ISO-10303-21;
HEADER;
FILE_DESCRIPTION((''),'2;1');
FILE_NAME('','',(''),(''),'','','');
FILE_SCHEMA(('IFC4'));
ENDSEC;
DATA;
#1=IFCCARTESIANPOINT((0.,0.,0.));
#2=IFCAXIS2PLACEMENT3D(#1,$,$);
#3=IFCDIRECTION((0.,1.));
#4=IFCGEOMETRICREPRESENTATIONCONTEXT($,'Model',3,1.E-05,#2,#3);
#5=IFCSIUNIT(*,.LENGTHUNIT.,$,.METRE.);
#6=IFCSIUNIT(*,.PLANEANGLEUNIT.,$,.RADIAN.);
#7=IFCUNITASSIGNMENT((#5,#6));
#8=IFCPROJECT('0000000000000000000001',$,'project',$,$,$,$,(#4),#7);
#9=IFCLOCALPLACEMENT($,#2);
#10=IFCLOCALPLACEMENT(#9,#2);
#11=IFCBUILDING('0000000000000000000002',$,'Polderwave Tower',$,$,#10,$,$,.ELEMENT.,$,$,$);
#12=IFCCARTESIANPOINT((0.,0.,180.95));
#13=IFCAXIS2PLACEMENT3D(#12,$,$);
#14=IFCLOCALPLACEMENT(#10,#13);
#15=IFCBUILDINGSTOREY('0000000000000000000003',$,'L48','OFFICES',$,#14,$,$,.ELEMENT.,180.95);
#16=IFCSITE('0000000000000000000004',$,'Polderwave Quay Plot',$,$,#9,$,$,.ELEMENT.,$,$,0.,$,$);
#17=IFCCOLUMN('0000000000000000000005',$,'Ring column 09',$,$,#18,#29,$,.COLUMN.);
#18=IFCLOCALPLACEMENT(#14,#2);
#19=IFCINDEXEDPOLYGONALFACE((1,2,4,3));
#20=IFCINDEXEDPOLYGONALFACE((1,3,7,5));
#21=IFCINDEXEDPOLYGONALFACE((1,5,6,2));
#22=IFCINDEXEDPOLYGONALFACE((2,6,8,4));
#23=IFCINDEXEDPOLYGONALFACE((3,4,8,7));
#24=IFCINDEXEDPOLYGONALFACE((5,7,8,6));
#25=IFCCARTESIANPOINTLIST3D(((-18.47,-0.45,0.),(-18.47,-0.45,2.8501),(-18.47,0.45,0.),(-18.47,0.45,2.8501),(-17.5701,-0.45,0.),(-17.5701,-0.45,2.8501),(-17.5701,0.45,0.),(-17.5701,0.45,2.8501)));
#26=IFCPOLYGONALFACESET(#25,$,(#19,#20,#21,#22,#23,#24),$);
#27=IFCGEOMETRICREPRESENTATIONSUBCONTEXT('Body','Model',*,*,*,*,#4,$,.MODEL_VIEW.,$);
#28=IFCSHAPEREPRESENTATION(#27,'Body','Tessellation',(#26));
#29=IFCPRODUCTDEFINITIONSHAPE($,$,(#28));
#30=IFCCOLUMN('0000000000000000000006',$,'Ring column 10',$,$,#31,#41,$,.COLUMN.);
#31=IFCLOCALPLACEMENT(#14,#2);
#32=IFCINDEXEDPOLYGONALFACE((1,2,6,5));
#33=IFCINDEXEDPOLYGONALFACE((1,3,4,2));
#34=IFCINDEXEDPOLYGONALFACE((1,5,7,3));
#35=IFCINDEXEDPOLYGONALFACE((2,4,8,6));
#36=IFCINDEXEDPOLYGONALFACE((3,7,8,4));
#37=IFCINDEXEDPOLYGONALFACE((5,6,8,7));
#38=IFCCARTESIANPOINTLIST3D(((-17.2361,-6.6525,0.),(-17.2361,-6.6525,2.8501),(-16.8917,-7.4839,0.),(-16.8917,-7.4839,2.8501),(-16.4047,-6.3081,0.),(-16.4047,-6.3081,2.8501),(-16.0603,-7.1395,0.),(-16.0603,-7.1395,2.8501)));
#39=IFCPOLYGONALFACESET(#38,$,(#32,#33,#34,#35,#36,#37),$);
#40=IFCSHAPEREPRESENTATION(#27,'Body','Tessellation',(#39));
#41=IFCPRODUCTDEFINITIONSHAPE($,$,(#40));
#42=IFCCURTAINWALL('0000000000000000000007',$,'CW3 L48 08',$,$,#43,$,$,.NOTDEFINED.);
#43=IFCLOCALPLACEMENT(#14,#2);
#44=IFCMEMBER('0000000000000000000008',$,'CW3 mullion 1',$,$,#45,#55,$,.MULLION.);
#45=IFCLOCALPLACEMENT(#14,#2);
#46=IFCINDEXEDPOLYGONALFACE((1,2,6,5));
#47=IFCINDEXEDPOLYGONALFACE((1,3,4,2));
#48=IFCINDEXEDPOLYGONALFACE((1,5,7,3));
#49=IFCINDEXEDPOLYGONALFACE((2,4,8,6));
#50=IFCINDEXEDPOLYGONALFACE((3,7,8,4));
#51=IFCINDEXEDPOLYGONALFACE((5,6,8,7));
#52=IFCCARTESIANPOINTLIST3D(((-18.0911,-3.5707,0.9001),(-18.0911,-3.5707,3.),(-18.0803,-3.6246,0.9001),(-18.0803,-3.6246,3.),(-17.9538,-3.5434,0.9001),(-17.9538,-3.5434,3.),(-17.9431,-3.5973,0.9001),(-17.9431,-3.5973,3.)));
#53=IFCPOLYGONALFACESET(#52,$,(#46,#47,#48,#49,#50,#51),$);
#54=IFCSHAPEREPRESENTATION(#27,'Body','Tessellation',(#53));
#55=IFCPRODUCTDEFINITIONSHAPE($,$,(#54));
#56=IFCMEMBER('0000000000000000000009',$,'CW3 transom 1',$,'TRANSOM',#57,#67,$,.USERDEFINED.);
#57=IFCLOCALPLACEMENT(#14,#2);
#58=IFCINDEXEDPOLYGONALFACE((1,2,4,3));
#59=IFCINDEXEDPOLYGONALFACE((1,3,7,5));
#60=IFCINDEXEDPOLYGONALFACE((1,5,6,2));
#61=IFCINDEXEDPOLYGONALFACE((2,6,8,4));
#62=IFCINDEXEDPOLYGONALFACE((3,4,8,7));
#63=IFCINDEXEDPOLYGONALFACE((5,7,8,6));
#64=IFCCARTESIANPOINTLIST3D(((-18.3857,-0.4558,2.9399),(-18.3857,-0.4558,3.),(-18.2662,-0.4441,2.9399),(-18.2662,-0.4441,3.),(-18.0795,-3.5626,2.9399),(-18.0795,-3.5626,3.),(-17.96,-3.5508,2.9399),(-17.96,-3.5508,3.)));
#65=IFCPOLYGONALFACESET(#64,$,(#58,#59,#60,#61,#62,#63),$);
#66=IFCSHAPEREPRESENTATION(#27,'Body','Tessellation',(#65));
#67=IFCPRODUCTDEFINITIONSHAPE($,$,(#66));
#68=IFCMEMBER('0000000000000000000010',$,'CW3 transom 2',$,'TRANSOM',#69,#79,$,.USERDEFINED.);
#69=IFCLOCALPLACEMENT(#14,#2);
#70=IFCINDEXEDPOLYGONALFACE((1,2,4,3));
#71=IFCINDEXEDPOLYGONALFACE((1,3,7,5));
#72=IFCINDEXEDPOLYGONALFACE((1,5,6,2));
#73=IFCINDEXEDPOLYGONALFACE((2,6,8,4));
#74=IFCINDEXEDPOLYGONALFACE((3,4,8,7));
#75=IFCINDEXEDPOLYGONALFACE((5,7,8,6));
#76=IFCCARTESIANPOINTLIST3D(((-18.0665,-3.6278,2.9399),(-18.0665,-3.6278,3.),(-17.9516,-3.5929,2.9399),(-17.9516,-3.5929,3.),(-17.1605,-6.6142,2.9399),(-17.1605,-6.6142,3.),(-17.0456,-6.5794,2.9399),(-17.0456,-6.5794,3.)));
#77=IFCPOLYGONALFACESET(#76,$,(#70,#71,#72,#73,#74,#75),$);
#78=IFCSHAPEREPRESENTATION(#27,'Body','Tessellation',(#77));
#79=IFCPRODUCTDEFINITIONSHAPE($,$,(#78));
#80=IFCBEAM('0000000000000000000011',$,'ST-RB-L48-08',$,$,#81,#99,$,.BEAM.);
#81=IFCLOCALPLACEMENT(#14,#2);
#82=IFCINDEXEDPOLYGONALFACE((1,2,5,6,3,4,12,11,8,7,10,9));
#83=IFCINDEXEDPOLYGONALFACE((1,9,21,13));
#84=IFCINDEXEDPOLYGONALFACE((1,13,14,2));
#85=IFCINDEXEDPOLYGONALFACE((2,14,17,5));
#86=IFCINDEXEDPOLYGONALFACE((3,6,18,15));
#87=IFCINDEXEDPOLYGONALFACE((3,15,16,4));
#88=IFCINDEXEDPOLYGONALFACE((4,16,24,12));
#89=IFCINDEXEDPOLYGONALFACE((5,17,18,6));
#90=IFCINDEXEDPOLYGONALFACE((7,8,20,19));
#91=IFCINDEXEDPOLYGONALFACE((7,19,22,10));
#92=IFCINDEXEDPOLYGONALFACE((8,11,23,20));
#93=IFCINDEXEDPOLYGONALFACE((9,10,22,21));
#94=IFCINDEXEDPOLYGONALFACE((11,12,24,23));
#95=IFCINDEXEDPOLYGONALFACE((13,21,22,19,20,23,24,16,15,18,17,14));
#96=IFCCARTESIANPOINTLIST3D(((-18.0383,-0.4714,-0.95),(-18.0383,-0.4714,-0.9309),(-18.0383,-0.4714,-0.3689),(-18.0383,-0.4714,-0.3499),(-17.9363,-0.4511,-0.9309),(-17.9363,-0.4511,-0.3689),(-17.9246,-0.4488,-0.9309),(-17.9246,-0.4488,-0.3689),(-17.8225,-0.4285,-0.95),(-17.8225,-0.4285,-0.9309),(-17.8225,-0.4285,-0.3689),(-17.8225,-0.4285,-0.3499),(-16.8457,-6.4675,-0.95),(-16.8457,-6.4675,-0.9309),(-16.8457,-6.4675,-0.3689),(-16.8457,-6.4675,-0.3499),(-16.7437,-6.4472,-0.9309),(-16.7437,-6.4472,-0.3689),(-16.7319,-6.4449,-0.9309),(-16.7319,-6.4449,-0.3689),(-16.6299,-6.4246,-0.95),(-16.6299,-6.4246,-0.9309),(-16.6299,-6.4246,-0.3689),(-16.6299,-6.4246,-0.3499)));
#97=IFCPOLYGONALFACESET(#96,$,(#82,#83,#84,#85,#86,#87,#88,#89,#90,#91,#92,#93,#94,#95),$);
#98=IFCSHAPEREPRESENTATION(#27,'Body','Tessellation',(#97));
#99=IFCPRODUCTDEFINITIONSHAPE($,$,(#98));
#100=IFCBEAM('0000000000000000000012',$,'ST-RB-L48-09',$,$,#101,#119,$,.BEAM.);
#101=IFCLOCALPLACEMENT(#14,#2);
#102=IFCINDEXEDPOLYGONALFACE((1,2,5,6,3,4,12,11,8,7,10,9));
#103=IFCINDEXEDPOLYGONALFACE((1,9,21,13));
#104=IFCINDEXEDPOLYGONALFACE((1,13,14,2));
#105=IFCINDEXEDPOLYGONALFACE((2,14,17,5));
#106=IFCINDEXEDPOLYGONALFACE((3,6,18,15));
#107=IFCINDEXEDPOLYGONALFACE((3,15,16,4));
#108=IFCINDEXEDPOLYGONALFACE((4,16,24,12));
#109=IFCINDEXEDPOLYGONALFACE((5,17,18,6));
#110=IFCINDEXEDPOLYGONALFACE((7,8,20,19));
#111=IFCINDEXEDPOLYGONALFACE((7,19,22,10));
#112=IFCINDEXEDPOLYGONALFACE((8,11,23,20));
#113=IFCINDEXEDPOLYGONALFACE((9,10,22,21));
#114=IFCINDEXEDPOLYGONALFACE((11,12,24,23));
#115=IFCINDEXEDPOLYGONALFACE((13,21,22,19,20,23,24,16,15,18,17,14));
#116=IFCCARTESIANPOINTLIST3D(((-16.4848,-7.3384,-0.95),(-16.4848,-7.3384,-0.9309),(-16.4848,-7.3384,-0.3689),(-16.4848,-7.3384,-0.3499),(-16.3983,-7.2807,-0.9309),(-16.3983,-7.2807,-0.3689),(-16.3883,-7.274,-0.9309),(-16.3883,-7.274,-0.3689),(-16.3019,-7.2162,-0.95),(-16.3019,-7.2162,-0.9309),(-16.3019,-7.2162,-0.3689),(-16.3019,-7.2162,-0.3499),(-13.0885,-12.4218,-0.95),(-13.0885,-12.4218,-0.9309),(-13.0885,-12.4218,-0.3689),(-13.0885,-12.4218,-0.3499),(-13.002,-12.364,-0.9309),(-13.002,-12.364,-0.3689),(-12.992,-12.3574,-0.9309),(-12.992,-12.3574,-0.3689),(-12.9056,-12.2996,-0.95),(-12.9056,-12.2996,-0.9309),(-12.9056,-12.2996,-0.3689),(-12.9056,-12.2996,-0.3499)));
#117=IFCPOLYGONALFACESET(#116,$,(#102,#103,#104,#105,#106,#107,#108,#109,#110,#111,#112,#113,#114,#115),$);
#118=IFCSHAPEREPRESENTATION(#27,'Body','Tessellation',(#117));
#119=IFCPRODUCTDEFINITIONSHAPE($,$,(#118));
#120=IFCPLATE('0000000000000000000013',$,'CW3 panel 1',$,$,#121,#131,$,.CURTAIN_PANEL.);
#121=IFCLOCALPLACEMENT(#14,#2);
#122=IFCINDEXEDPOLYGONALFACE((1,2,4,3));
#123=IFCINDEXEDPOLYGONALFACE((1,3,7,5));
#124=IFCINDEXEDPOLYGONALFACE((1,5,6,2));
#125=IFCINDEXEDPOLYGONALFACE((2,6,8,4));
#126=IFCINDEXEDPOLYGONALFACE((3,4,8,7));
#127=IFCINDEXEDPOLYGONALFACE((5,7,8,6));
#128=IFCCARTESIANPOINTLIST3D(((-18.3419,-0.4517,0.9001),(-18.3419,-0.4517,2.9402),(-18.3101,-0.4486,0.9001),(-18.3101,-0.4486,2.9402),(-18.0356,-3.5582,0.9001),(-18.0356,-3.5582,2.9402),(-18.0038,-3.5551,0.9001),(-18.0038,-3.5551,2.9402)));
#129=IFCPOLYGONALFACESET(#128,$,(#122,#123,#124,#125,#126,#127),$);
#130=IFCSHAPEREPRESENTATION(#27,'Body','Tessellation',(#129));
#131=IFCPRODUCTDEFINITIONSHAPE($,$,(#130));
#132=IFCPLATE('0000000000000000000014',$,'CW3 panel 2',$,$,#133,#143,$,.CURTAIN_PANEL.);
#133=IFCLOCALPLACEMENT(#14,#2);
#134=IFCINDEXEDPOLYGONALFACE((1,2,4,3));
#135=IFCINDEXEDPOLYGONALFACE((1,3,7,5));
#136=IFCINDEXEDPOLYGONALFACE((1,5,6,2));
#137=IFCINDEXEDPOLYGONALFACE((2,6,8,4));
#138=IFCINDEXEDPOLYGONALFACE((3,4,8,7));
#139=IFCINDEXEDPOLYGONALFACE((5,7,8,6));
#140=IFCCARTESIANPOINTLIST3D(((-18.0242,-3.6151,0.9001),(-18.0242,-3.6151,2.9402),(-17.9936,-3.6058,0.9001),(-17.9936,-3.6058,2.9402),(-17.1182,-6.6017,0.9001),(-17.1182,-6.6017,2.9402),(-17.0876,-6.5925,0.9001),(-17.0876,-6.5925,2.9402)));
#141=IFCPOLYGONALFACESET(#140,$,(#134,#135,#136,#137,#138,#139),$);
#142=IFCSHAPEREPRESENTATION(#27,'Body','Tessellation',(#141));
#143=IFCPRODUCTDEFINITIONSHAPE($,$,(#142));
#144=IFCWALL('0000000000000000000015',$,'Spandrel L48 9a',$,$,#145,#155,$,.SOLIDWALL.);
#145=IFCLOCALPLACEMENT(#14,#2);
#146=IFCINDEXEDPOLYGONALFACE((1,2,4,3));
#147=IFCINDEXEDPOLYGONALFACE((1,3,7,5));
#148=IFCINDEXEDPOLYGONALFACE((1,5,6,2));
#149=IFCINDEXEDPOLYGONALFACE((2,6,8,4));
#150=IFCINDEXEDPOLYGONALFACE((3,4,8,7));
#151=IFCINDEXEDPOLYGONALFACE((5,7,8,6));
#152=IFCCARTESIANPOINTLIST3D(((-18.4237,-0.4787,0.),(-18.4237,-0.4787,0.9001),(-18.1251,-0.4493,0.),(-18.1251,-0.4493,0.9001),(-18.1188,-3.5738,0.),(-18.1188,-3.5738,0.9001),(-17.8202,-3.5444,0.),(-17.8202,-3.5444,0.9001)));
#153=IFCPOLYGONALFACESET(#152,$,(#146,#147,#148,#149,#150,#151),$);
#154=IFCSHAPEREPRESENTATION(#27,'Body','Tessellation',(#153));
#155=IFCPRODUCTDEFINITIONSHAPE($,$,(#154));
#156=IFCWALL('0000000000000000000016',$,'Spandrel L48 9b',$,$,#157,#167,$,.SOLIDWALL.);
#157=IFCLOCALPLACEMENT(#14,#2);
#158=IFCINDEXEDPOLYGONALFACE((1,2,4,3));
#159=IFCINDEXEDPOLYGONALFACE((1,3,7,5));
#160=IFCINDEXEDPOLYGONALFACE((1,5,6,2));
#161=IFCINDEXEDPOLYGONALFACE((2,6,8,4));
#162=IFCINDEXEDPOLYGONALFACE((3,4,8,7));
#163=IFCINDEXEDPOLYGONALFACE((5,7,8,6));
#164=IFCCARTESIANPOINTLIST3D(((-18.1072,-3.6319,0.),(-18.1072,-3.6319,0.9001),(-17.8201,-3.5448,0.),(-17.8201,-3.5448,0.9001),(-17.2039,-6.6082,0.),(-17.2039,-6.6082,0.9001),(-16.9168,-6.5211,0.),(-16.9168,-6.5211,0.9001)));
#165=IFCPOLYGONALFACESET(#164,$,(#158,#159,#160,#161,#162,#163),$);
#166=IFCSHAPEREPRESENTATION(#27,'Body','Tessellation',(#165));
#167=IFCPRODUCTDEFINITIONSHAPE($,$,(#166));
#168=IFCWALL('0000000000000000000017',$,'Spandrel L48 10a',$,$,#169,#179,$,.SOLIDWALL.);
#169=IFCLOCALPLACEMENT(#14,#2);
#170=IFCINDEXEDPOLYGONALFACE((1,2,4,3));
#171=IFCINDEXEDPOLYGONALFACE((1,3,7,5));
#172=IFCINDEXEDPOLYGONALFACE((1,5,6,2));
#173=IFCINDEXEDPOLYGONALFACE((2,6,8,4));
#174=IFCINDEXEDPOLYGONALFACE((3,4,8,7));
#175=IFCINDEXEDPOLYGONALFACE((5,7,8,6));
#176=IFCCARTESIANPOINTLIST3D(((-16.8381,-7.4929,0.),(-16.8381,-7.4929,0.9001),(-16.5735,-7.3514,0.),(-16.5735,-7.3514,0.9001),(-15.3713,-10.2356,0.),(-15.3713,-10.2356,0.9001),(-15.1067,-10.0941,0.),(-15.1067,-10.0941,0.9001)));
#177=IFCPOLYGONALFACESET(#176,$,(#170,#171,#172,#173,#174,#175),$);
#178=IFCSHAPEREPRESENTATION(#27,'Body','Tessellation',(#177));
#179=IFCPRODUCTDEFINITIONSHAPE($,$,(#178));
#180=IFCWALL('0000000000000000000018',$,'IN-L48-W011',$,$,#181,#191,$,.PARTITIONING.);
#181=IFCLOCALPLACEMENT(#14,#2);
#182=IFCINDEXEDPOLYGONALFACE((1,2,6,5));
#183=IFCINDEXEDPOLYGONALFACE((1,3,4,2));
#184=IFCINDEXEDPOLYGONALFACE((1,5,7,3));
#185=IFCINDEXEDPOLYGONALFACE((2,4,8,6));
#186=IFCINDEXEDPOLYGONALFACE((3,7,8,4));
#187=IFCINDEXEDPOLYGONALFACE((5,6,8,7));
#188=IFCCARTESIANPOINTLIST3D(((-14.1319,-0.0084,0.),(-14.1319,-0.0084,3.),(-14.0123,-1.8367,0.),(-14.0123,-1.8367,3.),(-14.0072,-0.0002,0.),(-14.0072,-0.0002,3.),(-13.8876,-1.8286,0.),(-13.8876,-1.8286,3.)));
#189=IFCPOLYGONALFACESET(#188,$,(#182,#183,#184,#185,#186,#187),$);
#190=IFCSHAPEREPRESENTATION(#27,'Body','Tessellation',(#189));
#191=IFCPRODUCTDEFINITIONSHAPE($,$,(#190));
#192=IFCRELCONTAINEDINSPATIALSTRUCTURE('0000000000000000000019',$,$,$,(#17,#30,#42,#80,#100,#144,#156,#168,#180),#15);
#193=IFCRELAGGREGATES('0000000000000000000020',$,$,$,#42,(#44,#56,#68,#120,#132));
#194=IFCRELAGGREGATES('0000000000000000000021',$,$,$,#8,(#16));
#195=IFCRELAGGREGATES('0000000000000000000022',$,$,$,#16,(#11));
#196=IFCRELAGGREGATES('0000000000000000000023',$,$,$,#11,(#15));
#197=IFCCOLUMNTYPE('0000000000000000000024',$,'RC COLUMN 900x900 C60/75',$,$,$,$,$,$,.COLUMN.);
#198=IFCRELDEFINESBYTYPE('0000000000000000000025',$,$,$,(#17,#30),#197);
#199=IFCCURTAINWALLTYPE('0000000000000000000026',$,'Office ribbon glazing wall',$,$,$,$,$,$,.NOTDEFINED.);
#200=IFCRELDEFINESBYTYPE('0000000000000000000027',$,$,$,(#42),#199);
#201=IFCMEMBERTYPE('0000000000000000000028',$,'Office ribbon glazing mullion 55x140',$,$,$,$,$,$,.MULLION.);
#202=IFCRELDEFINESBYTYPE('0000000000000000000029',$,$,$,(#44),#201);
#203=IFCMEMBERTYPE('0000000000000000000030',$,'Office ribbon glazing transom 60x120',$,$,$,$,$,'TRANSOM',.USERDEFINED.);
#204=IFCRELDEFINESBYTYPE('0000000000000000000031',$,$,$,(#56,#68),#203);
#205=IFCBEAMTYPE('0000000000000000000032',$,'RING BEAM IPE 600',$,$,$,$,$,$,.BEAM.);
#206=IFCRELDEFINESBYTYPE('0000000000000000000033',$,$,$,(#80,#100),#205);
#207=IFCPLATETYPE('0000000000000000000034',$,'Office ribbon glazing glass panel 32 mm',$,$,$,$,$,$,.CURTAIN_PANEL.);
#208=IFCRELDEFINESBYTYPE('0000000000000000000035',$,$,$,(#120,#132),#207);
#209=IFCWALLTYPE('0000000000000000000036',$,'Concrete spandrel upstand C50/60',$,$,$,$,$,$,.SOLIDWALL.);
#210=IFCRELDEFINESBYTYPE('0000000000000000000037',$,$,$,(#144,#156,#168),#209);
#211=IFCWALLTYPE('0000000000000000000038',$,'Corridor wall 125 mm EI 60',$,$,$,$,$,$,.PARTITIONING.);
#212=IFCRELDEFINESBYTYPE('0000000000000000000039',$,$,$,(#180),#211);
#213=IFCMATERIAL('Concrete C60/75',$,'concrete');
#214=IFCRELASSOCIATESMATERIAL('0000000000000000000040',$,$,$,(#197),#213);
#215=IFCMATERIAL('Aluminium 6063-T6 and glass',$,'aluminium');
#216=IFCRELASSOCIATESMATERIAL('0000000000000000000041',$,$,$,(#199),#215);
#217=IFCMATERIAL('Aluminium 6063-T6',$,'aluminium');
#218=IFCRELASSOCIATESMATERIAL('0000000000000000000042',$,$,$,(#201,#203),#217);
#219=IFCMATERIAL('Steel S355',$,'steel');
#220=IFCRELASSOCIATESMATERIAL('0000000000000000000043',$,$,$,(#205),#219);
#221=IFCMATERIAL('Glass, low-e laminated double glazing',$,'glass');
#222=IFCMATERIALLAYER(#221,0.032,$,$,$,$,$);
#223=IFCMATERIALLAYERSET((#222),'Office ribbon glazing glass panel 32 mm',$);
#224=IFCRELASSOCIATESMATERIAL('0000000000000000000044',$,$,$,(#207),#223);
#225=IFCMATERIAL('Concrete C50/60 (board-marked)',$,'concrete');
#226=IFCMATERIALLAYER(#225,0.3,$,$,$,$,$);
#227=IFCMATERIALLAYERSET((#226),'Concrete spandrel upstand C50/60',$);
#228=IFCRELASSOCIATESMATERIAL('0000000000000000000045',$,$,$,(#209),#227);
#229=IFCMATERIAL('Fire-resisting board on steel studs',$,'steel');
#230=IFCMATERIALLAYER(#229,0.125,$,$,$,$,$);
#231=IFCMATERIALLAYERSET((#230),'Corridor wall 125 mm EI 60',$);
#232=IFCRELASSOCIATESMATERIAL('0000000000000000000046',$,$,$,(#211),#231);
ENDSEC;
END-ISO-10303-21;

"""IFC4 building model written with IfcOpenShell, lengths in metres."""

from ifc_helpers import new_model, si_unit, direction, frame, frame_2d, origin, origin_2d, place, context, subcontext, project, spatial, rectangle, i_section, extrude, material, layer, layer_set, material_profile, profile_set, type_object, element, aggregate, save


model = new_model("IFC4")

# Units and contexts
model_context = context("Model", 3, precision=1e-05, world=origin(), true_north=direction((0.0, 1.0)))
body_context = subcontext(model_context, "Body", "Model", "MODEL_VIEW")
ifc_project = project(units=[si_unit("LENGTHUNIT", "METRE"), si_unit("PLANEANGLEUNIT", "RADIAN")], contexts=[model_context])

# Site, building, storey
site_placement = place(None, origin())
site = spatial("IfcSite", under=ifc_project, at=site_placement, Name="Polderwave Quay Plot", CompositionType="ELEMENT", RefElevation=0.0)
building_placement = place(site_placement, origin())
building = spatial("IfcBuilding", under=site, at=building_placement, Name="Polderwave Tower", CompositionType="ELEMENT")
storey_placement = place(building_placement, frame((0.0, 0.0, 180.95)))
storey = spatial("IfcBuildingStorey", under=building, at=storey_placement, Name="L48", Description="OFFICES", CompositionType="ELEMENT", Elevation=180.95)

# Columns
ifc_material_1 = material(Name="Concrete C60/75", Category="concrete")
ifc_material_profile_1 = material_profile(ifc_material_1, rectangle(XDim=0.8999, YDim=0.8999, at=origin_2d()), Name="RC 900x900")
ifc_profile_set_1 = profile_set([ifc_material_profile_1], Name="Concrete C60/75")
column_type = type_object("IfcColumnType", Name="RC COLUMN 900x900 C60/75", PredefinedType="COLUMN", material=ifc_profile_set_1)
for number, where, z_axis, x_axis, name in (
    (1, (-18.02, 0.0, 0.0), (0.0, 0.0, 1.0), (-1.0, 0.0, 0.0), "Ring column 09"),
    (2, (-16.6482, -6.896, 0.0), (0.0, 0.0, 1.0), (-0.92388, -0.382683, 0.0), "Ring column 10"),
):
    element("IfcColumn", number, at=place(storey_placement, frame(where, z_axis=z_axis, x_axis=x_axis)), inside=storey, type_object=column_type, Name=name, PredefinedType="COLUMN", context=body_context, shape_type="SweptSolid", body=[
        extrude(rectangle(XDim=0.8999, YDim=0.8999, at=origin_2d()), origin(), (0.0, 0.0, 1.0), 2.8501),
    ])

# Curtain wall, members
ifc_material_2 = material(Name="Aluminium 6063-T6 and glass", Category="aluminium")
curtain_wall_type = type_object("IfcCurtainWallType", Name="Office ribbon glazing wall", PredefinedType="NOTDEFINED", material=ifc_material_2)
curtain_wall_placement = place(storey_placement, origin())
curtain_wall = element("IfcCurtainWall", 3, at=curtain_wall_placement, inside=storey, type_object=curtain_wall_type, Name="CW3 L48 08", PredefinedType="NOTDEFINED")
ifc_material_3 = material(Name="Aluminium 6063-T6", Category="aluminium")
ifc_material_profile_2 = material_profile(ifc_material_3, rectangle(XDim=0.1399, YDim=0.0549, at=origin_2d()), Name="AL 55x140")
ifc_profile_set_2 = profile_set([ifc_material_profile_2], Name="Aluminium 6063-T6")
member_type_1 = type_object("IfcMemberType", Name="Office ribbon glazing mullion 55x140", PredefinedType="MULLION", material=ifc_profile_set_2)
member_1_placement = place(storey_placement, frame((-18.0171, -3.584, 0.9001), z_axis=(0.0, 0.0, 1.0), x_axis=(0.980775, 0.195143, 0.0)))
member_1 = element("IfcMember", 4, at=member_1_placement, type_object=member_type_1, Name="CW3 mullion 1", PredefinedType="MULLION", context=body_context, shape_type="SweptSolid", body=[
    extrude(rectangle(XDim=0.1399, YDim=0.0549, at=origin_2d()), origin(), (0.0, 0.0, 1.0), 2.0999),
])
ifc_material_profile_3 = material_profile(ifc_material_3, rectangle(XDim=0.1201, YDim=0.0601, at=origin_2d()), Name="AL 60x120")
ifc_profile_set_3 = profile_set([ifc_material_profile_3], Name="Aluminium 6063-T6")
member_type_2 = type_object("IfcMemberType", Name="Office ribbon glazing transom 60x120", ElementType="TRANSOM", PredefinedType="USERDEFINED", material=ifc_profile_set_3)
member_2_placement = place(storey_placement, frame((-18.3259, -0.45, 2.97), z_axis=(0.098071, -0.995179, 0.0), x_axis=(0.995179, 0.098071, 0.0)))
member_2 = element("IfcMember", 5, at=member_2_placement, type_object=member_type_2, Name="CW3 transom 1", ObjectType="TRANSOM", PredefinedType="USERDEFINED", context=body_context, shape_type="SweptSolid", body=[
    extrude(rectangle(XDim=0.1201, YDim=0.0601, at=origin_2d()), origin(), (0.0, 0.0, 1.0), 3.1218),
])
member_3_placement = place(storey_placement, frame((-18.009, -3.6104, 2.97), z_axis=(0.290296, -0.956937, 0.0), x_axis=(0.956937, 0.290296, 0.0)))
member_3 = element("IfcMember", 6, at=member_3_placement, type_object=member_type_2, Name="CW3 transom 2", ObjectType="TRANSOM", PredefinedType="USERDEFINED", context=body_context, shape_type="SweptSolid", body=[
    extrude(rectangle(XDim=0.1201, YDim=0.0601, at=origin_2d()), origin(), (0.0, 0.0, 1.0), 3.1208),
])

# Beams
ifc_material_4 = material(Name="Steel S355", Category="steel")
ifc_material_profile_4 = material_profile(ifc_material_4, i_section(OverallWidth=0.22, OverallDepth=0.6001, WebThickness=0.012, FlangeThickness=0.019, at=origin_2d()), Name="IPE 600")
ifc_profile_set_4 = profile_set([ifc_material_profile_4], Name="Steel S355")
beam_type = type_object("IfcBeamType", Name="RING BEAM IPE 600", PredefinedType="BEAM", material=ifc_profile_set_4)
for number, where, z_axis, x_axis, name in (
    (7, (-17.9304, -0.45, -0.6499), (0.195079, -0.980787, 0.0), (0.980787, 0.195079, 0.0), "ST-RB-L48-08"),
    (8, (-16.3933, -7.2773, -0.6499), (0.555539, -0.831491, 0.0), (0.831491, 0.555539, 0.0), "ST-RB-L48-09"),
):
    element("IfcBeam", number, at=place(storey_placement, frame(where, z_axis=z_axis, x_axis=x_axis)), inside=storey, type_object=beam_type, Name=name, PredefinedType="BEAM", context=body_context, shape_type="SweptSolid", body=[
        extrude(i_section(OverallWidth=0.22, OverallDepth=0.6001, WebThickness=0.012, FlangeThickness=0.019, at=origin_2d()), origin(), (0.0, 0.0, 1.0), 6.1135),
    ])

# Plates
ifc_material_5 = material(Name="Glass, low-e laminated double glazing", Category="glass")
ifc_layer_1 = layer(ifc_material_5, 0.032)
ifc_layer_set_1 = layer_set([ifc_layer_1], Name="Office ribbon glazing glass panel 32 mm")
plate_type = type_object("IfcPlateType", Name="Office ribbon glazing glass panel 32 mm", PredefinedType="CURTAIN_PANEL", material=ifc_layer_set_1)
plate_1_placement = place(storey_placement, frame((-18.1729, -2.0034, 0.9001), z_axis=(0.0, 0.0, 1.0), x_axis=(0.09812, -0.995175, 0.0)))
plate_1 = element("IfcPlate", 9, at=plate_1_placement, type_object=plate_type, Name="CW3 panel 1", PredefinedType="CURTAIN_PANEL", context=body_context, shape_type="SweptSolid", body=[
    extrude(rectangle(XDim=3.1216, YDim=0.032, at=origin_2d()), origin(), (0.0, 0.0, 1.0), 2.04),
])
plate_2_placement = place(storey_placement, frame((-17.5559, -5.1038, 0.9001), z_axis=(0.0, 0.0, 1.0), x_axis=(0.29029, -0.956939, 0.0)))
plate_2 = element("IfcPlate", 10, at=plate_2_placement, type_object=plate_type, Name="CW3 panel 2", PredefinedType="CURTAIN_PANEL", context=body_context, shape_type="SweptSolid", body=[
    extrude(rectangle(XDim=3.1211, YDim=0.032, at=origin_2d()), origin(), (0.0, 0.0, 1.0), 2.04),
])
aggregate(curtain_wall, [member_1, member_2, member_3, plate_1, plate_2])

# Walls
ifc_material_6 = material(Name="Concrete C50/60 (board-marked)", Category="concrete")
ifc_layer_2 = layer(ifc_material_6, 0.3)
ifc_layer_set_2 = layer_set([ifc_layer_2], Name="Concrete spandrel upstand C50/60")
wall_type_1 = type_object("IfcWallType", Name="Concrete spandrel upstand C50/60", PredefinedType="SOLIDWALL", material=ifc_layer_set_2)
wall_1_placement = place(storey_placement, frame((-18.2744, -0.4639, 0.0), z_axis=(0.0, 0.0, 1.0), x_axis=(0.098042, -0.995182, 0.0)))
element("IfcWall", 11, at=wall_1_placement, inside=storey, type_object=wall_type_1, Name="Spandrel L48 9a", PredefinedType="SOLIDWALL", context=body_context, shape_type="SweptSolid", body=[
    extrude(rectangle(XDim=3.1101, YDim=0.3, at=frame_2d((1.5552, 0.0))), origin(), (0.0, 0.0, 1.0), 0.9001),
])
for number, where, z_axis, x_axis, name in (
    (12, (-17.9636, -3.5884, 0.0), (0.0, 0.0, 1.0), (0.290421, -0.956899, 0.0), "Spandrel L48 9b"),
    (13, (-16.7058, -7.4221, 0.0), (0.0, 0.0, 1.0), (0.471598, -0.881813, 0.0), "Spandrel L48 10a"),
):
    element("IfcWall", number, at=place(storey_placement, frame(where, z_axis=z_axis, x_axis=x_axis)), inside=storey, type_object=wall_type_1, Name=name, PredefinedType="SOLIDWALL", context=body_context, shape_type="SweptSolid", body=[
        extrude(rectangle(XDim=3.1104, YDim=0.3, at=frame_2d((1.5552, 0.0))), origin(), (0.0, 0.0, 1.0), 0.9001),
    ])
ifc_material_7 = material(Name="Fire-resisting board on steel studs", Category="steel")
ifc_layer_3 = layer(ifc_material_7, 0.125)
ifc_layer_set_3 = layer_set([ifc_layer_3], Name="Corridor wall 125 mm EI 60")
wall_type_2 = type_object("IfcWallType", Name="Corridor wall 125 mm EI 60", PredefinedType="PARTITIONING", material=ifc_layer_set_3)
wall_2_placement = place(storey_placement, frame((-13.95, -1.8325, 0.0), z_axis=(0.0, 0.0, 1.0), x_axis=(-0.06529, 0.997866, 0.0)))
element("IfcWall", 14, at=wall_2_placement, inside=storey, type_object=wall_type_2, Name="IN-L48-W011", PredefinedType="PARTITIONING", context=body_context, shape_type="SweptSolid", body=[
    extrude(rectangle(XDim=1.8323, YDim=0.125, at=frame_2d((0.916, 0.0))), origin(), (0.0, 0.0, 1.0), 3.0),
])

save(model, "model.ifc")
